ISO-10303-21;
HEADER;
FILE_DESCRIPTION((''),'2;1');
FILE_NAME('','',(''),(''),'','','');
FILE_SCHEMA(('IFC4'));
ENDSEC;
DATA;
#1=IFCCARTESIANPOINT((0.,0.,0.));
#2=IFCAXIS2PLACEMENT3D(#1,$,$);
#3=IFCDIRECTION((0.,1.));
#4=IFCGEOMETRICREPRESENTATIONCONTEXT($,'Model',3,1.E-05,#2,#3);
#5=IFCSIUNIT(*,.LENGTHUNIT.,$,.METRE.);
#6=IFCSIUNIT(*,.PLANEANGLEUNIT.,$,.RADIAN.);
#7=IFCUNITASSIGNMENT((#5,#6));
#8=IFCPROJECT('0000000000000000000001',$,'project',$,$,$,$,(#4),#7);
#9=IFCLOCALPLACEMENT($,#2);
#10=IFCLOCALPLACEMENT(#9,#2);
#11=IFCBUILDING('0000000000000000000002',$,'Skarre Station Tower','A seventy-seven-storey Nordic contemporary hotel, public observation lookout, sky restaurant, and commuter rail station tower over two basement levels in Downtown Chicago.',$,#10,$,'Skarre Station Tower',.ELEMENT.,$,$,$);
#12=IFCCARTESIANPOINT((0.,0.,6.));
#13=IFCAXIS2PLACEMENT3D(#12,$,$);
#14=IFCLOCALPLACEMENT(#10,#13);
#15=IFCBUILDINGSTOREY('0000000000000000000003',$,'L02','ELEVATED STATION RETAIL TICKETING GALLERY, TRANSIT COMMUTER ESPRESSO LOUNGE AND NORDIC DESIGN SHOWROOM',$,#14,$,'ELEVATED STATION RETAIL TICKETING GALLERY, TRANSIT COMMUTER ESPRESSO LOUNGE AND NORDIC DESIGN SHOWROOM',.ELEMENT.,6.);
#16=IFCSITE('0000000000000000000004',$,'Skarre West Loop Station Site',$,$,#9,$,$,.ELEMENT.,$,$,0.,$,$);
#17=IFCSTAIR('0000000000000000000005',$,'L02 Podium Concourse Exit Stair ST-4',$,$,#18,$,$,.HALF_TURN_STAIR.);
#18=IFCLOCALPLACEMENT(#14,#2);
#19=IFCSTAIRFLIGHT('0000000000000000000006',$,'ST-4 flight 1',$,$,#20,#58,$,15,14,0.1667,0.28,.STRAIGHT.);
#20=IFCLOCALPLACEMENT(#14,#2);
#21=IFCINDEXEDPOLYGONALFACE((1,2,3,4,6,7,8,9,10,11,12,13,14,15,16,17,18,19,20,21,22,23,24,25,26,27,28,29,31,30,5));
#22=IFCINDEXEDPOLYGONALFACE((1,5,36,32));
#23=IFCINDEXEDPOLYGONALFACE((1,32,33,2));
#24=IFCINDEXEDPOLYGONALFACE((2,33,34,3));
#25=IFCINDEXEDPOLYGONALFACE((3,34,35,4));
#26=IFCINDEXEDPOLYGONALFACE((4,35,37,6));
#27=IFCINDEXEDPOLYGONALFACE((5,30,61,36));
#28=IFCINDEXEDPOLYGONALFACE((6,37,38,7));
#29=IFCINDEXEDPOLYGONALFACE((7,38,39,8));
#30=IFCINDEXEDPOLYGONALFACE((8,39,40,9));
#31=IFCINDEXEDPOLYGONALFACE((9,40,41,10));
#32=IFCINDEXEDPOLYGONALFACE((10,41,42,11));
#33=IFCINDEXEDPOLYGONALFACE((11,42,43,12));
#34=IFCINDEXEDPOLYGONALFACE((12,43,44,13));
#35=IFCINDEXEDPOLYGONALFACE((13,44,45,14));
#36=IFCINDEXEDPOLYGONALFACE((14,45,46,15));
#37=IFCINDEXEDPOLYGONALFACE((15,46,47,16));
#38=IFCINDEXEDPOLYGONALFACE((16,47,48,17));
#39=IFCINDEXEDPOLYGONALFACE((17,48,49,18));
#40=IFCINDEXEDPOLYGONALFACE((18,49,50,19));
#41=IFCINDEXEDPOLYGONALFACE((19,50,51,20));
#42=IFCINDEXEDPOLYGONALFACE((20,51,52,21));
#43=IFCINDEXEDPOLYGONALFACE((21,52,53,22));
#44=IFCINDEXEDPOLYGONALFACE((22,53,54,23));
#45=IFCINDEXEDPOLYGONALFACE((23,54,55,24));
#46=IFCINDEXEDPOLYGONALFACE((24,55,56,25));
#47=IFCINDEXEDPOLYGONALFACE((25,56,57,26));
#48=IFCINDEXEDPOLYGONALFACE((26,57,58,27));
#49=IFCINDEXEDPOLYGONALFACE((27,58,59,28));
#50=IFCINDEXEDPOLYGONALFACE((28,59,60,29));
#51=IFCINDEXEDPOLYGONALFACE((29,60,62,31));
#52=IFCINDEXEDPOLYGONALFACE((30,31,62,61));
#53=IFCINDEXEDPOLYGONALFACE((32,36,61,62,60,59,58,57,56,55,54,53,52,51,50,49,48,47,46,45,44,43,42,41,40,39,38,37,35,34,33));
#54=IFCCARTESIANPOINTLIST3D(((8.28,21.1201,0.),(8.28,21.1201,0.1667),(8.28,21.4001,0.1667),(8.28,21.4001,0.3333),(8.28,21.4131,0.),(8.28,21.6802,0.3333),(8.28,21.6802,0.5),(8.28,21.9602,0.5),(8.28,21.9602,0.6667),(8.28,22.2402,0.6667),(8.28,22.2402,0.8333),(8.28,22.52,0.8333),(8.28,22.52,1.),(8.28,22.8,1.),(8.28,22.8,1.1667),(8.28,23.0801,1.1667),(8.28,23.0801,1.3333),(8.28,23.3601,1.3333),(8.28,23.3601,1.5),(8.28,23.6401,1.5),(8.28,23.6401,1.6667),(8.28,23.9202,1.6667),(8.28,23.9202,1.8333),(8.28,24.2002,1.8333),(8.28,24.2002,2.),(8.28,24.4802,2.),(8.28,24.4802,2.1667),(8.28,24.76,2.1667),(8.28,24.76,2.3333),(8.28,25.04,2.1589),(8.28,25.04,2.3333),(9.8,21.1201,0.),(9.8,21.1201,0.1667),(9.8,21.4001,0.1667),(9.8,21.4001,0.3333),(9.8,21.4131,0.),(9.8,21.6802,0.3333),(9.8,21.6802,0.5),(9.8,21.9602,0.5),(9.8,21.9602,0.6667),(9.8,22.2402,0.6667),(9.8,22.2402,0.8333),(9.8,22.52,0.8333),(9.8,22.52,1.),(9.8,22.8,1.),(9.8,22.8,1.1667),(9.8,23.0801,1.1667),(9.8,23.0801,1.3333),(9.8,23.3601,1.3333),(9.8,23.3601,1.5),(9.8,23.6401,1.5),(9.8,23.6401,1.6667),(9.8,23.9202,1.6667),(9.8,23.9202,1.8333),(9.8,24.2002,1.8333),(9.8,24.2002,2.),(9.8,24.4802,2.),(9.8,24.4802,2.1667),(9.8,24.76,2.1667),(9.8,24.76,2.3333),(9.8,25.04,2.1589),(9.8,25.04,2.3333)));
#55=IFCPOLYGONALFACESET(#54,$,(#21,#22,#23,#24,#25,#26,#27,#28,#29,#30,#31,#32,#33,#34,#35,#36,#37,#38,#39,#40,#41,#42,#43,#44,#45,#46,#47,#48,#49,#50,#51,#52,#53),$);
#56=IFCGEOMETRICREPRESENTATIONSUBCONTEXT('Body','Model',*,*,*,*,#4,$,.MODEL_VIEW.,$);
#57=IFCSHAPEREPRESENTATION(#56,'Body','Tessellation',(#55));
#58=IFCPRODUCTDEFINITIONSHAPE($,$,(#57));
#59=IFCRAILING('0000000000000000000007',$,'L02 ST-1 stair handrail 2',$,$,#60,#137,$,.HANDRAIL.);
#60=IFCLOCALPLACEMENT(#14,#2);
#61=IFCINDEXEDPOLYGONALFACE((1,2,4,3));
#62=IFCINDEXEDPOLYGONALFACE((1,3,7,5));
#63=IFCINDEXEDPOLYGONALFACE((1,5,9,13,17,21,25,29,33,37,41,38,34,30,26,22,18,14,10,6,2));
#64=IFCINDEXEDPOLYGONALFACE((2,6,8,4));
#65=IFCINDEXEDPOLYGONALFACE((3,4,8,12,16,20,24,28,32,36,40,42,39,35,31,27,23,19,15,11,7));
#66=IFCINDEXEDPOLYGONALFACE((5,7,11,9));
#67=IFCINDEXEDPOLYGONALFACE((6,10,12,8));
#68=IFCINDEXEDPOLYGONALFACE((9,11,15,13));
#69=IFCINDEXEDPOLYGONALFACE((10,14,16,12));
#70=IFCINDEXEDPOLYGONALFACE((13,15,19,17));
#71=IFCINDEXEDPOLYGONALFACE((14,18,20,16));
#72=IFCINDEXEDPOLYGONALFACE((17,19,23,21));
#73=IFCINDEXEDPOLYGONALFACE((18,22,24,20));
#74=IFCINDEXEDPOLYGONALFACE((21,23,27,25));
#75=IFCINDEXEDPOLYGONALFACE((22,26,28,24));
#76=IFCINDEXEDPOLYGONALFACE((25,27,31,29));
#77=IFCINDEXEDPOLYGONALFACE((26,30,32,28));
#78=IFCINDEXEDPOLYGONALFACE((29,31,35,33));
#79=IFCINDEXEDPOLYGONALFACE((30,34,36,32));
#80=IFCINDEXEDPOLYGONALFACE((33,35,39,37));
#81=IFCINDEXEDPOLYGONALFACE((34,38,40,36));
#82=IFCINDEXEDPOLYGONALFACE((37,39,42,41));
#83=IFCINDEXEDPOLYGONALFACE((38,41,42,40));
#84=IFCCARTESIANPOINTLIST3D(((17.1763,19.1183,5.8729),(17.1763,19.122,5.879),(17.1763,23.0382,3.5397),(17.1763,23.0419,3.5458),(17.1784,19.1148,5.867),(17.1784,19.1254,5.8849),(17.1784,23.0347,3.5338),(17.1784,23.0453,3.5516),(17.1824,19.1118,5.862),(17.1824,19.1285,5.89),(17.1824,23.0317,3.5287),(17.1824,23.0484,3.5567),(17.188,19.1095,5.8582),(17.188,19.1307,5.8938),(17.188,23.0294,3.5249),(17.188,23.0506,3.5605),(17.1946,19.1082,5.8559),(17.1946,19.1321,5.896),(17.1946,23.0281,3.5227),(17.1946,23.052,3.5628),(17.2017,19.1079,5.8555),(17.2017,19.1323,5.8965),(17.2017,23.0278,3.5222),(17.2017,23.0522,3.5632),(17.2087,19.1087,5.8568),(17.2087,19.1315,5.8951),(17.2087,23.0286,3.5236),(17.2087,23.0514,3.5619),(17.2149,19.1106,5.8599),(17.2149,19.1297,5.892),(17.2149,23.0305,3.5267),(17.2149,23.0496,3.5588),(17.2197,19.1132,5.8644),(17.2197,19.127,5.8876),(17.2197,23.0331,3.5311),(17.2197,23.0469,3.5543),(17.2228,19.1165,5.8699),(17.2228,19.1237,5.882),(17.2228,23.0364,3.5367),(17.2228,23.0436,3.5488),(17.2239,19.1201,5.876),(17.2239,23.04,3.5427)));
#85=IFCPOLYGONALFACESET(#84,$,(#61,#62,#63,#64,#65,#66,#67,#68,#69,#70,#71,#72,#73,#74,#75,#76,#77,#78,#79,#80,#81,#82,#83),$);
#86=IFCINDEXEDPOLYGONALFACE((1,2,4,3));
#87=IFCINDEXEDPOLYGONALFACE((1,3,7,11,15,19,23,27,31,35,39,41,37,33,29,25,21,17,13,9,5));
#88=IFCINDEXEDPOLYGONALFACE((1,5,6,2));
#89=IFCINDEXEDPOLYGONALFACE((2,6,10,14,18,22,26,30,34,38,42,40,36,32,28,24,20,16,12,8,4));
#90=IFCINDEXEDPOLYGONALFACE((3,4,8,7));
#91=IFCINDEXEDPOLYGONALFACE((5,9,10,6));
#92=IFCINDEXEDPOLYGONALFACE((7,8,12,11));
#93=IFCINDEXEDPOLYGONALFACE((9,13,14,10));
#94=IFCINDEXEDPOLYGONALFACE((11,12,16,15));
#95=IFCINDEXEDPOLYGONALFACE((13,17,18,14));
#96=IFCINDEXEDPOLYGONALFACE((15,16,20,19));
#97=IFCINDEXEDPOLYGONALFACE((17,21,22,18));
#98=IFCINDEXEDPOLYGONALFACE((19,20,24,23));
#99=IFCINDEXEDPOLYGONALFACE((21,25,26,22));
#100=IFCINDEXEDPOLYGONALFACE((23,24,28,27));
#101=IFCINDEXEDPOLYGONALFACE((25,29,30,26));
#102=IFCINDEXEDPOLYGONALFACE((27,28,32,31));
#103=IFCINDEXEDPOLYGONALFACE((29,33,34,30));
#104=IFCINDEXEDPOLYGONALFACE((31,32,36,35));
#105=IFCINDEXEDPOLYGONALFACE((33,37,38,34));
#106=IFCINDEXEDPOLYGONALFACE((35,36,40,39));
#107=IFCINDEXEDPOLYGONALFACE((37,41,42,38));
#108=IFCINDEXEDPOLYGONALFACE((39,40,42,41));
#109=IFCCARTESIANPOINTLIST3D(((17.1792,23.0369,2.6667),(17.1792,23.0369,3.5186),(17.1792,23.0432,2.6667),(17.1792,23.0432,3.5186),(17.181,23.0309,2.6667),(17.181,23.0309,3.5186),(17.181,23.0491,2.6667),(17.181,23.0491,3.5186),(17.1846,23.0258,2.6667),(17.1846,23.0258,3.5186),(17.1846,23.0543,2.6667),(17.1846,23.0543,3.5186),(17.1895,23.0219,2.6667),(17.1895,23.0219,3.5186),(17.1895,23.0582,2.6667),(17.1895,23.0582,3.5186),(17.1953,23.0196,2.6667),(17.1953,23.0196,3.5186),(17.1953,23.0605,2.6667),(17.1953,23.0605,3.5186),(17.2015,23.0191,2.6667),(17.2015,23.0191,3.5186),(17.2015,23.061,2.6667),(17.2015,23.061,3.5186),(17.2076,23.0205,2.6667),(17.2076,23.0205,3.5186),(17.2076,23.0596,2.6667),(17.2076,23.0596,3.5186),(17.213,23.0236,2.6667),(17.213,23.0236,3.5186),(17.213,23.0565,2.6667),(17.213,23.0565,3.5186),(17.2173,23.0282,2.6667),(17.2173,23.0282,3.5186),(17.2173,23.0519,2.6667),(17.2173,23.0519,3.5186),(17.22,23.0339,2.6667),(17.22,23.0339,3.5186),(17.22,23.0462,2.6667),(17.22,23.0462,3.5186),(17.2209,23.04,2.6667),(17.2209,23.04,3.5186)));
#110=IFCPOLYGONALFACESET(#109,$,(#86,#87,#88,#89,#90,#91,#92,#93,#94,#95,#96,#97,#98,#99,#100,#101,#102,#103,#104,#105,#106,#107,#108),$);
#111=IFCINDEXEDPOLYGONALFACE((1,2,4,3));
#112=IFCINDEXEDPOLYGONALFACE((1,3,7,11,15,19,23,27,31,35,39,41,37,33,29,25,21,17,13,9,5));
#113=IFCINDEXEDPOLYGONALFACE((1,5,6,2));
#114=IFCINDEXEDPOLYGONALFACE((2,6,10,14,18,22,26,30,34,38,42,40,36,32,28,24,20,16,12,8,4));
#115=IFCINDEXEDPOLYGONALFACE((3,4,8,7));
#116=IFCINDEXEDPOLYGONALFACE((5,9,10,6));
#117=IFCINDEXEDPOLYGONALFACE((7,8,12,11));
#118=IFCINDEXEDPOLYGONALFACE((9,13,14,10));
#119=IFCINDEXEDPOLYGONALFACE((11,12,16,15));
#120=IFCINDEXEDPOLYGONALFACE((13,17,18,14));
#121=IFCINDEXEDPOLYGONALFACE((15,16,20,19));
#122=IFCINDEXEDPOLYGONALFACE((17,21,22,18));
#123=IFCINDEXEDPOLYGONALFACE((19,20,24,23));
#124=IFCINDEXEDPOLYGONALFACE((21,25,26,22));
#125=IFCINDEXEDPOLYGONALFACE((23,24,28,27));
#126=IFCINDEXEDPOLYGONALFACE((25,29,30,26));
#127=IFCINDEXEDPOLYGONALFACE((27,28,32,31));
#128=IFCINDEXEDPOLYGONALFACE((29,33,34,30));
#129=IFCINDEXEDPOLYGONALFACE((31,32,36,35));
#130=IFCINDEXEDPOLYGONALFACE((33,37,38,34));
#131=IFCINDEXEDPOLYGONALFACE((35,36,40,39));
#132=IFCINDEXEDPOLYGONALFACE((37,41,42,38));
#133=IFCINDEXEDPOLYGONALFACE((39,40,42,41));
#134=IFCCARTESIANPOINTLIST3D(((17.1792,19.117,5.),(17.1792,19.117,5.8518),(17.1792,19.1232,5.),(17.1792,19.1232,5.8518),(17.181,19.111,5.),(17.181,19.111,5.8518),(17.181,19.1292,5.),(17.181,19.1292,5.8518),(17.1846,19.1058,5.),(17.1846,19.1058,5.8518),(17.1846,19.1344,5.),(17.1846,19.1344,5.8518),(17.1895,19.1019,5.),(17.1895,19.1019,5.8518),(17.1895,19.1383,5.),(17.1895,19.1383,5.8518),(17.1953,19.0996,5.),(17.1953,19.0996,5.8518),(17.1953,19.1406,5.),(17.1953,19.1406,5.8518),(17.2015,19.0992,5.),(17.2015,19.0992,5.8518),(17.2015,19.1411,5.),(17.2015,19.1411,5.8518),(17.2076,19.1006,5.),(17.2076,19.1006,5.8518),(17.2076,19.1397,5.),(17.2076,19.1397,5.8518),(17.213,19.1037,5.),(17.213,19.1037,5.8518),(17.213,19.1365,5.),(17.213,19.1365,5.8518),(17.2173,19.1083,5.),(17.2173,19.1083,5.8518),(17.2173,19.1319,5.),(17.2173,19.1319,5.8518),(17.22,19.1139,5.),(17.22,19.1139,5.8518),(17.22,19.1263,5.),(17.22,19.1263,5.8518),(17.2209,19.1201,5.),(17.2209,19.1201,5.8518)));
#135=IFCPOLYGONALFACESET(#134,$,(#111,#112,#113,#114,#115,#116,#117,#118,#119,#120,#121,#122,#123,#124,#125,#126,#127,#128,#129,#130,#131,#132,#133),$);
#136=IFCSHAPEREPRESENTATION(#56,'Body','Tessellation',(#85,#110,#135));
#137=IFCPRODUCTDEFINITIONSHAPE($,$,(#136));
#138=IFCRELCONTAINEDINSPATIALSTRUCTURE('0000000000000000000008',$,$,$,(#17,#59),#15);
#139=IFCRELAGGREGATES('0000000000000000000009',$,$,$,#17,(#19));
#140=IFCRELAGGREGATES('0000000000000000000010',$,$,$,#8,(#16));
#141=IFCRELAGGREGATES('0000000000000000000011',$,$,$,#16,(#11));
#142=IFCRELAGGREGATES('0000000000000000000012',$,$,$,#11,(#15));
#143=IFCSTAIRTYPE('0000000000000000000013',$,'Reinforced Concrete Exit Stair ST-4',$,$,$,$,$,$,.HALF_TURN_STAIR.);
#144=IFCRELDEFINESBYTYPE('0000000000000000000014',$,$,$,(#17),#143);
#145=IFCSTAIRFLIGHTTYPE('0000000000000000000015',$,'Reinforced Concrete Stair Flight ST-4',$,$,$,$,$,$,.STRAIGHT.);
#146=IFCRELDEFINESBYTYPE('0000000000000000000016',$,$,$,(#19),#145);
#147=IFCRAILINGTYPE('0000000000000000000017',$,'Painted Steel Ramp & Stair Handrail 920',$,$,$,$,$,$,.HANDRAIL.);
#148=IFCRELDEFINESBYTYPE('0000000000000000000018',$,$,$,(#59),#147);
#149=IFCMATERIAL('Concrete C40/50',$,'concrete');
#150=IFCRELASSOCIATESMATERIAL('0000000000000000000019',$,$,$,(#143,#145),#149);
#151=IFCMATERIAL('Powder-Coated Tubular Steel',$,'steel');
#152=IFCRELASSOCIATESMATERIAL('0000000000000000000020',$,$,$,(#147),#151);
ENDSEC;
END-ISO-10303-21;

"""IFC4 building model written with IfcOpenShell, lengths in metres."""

from ifc_helpers import new_model, si_unit, direction, frame, origin, origin_2d, place, context, subcontext, project, spatial, polyline, circle, outline, extrude, material, type_object, element, aggregate, save


model = new_model("IFC4")

# Units and contexts
model_context = context("Model", 3, precision=1e-05, world=origin(), true_north=direction((0.0, 1.0)))
body_context = subcontext(model_context, "Body", "Model", "MODEL_VIEW")
ifc_project = project(units=[si_unit("LENGTHUNIT", "METRE"), si_unit("PLANEANGLEUNIT", "RADIAN")], contexts=[model_context])

# Site, building, storey
site_placement = place(None, origin())
site = spatial("IfcSite", under=ifc_project, at=site_placement, Name="Skarre West Loop Station Site", CompositionType="ELEMENT", RefElevation=0.0)
building_placement = place(site_placement, origin())
building = spatial("IfcBuilding", under=site, at=building_placement, Name="Skarre Station Tower", Description="A seventy-seven-storey Nordic contemporary hotel, public observation lookout, sky restaurant, and commuter rail station tower over two basement levels in Downtown Chicago.", LongName="Skarre Station Tower", CompositionType="ELEMENT")
storey_placement = place(building_placement, frame((0.0, 0.0, 6.0)))
storey = spatial("IfcBuildingStorey", under=building, at=storey_placement, Name="L02", Description="ELEVATED STATION RETAIL TICKETING GALLERY, TRANSIT COMMUTER ESPRESSO LOUNGE AND NORDIC DESIGN SHOWROOM", LongName="ELEVATED STATION RETAIL TICKETING GALLERY, TRANSIT COMMUTER ESPRESSO LOUNGE AND NORDIC DESIGN SHOWROOM", CompositionType="ELEMENT", Elevation=6.0)

# Stair, stair flight
ifc_material_1 = material(Name="Concrete C40/50", Category="concrete")
stair_type_1 = type_object("IfcStairType", Name="Reinforced Concrete Exit Stair ST-4", PredefinedType="HALF_TURN_STAIR", material=ifc_material_1)
stair_1_placement = place(storey_placement, origin())
stair_1 = element("IfcStair", 1, at=stair_1_placement, inside=storey, type_object=stair_type_1, Name="L02 Podium Concourse Exit Stair ST-4", PredefinedType="HALF_TURN_STAIR")
stair_flight_type_1 = type_object("IfcStairFlightType", Name="Reinforced Concrete Stair Flight ST-4", PredefinedType="STRAIGHT", material=ifc_material_1)
stair_flight_1_placement = place(storey_placement, frame((9.04, 21.1201, 0.0), z_axis=(0.0, 0.0, 1.0), x_axis=(0.0, 1.0, 0.0)))
stair_flight_1 = element("IfcStairFlight", 2, at=stair_flight_1_placement, type_object=stair_flight_type_1, Name="ST-4 flight 1", NumberOfRisers=15, NumberOfTreads=14, PredefinedType="STRAIGHT", RiserHeight=0.1667, TreadLength=0.28, context=body_context, shape_type="SweptSolid", body=[
    extrude(outline(polyline([(0.0, 0.0), (0.0, 0.1667), (0.28, 0.1667), (0.28, 0.3333), (0.5601, 0.3333), (0.5601, 0.5), (0.8401, 0.5), (0.8401, 0.6667), (1.1201, 0.6667), (1.1201, 0.8333), (1.3999, 0.8333), (1.3999, 1.0), (1.6799, 1.0), (1.6799, 1.1667), (1.96, 1.1667), (1.96, 1.3333), (2.24, 1.3333), (2.24, 1.5), (2.52, 1.5), (2.52, 1.6667), (2.8, 1.6667), (2.8, 1.8333), (3.0801, 1.8333), (3.0801, 2.0), (3.3601, 2.0), (3.3601, 2.1667), (3.6399, 2.1667), (3.6399, 2.3333), (3.9199, 2.3333), (3.9199, 2.5), (3.9199, 2.1589), (0.293, 0.0), (0.0, 0.0)])), frame((0.0, 0.76, 0.0), z_axis=(0.0, -1.0, 0.0), x_axis=(1.0, 0.0, 0.0)), (0.0, 0.0, 1.0), 1.52),
])
aggregate(stair_1, [stair_flight_1])

# Railing
ifc_material_2 = material(Name="Powder-Coated Tubular Steel", Category="steel")
railing_type_1 = type_object("IfcRailingType", Name="Painted Steel Ramp & Stair Handrail 920", PredefinedType="HANDRAIL", material=ifc_material_2)
railing_1_placement = place(storey_placement, frame((17.2, 23.04, 2.6667)))
element("IfcRailing", 3, at=railing_1_placement, inside=storey, type_object=railing_type_1, Name="L02 ST-1 stair handrail 2", PredefinedType="HANDRAIL", context=body_context, shape_type="SweptSolid", body=[
    extrude(circle(Radius=0.0239, at=origin_2d()), frame((0.0, 0.0, 0.876), z_axis=(0.0, -0.859296, 0.511478), x_axis=(1.0, 0.0, 0.0)), (0.0, 0.0, 1.0), 4.5618),
    extrude(circle(Radius=0.021, at=origin_2d()), origin(), (0.0, 0.0, 1.0), 0.8518),
    extrude(circle(Radius=0.021, at=origin_2d()), frame((0.0, -3.9199, 2.3333)), (0.0, 0.0, 1.0), 0.8518),
])

save(model, "model.ifc")
